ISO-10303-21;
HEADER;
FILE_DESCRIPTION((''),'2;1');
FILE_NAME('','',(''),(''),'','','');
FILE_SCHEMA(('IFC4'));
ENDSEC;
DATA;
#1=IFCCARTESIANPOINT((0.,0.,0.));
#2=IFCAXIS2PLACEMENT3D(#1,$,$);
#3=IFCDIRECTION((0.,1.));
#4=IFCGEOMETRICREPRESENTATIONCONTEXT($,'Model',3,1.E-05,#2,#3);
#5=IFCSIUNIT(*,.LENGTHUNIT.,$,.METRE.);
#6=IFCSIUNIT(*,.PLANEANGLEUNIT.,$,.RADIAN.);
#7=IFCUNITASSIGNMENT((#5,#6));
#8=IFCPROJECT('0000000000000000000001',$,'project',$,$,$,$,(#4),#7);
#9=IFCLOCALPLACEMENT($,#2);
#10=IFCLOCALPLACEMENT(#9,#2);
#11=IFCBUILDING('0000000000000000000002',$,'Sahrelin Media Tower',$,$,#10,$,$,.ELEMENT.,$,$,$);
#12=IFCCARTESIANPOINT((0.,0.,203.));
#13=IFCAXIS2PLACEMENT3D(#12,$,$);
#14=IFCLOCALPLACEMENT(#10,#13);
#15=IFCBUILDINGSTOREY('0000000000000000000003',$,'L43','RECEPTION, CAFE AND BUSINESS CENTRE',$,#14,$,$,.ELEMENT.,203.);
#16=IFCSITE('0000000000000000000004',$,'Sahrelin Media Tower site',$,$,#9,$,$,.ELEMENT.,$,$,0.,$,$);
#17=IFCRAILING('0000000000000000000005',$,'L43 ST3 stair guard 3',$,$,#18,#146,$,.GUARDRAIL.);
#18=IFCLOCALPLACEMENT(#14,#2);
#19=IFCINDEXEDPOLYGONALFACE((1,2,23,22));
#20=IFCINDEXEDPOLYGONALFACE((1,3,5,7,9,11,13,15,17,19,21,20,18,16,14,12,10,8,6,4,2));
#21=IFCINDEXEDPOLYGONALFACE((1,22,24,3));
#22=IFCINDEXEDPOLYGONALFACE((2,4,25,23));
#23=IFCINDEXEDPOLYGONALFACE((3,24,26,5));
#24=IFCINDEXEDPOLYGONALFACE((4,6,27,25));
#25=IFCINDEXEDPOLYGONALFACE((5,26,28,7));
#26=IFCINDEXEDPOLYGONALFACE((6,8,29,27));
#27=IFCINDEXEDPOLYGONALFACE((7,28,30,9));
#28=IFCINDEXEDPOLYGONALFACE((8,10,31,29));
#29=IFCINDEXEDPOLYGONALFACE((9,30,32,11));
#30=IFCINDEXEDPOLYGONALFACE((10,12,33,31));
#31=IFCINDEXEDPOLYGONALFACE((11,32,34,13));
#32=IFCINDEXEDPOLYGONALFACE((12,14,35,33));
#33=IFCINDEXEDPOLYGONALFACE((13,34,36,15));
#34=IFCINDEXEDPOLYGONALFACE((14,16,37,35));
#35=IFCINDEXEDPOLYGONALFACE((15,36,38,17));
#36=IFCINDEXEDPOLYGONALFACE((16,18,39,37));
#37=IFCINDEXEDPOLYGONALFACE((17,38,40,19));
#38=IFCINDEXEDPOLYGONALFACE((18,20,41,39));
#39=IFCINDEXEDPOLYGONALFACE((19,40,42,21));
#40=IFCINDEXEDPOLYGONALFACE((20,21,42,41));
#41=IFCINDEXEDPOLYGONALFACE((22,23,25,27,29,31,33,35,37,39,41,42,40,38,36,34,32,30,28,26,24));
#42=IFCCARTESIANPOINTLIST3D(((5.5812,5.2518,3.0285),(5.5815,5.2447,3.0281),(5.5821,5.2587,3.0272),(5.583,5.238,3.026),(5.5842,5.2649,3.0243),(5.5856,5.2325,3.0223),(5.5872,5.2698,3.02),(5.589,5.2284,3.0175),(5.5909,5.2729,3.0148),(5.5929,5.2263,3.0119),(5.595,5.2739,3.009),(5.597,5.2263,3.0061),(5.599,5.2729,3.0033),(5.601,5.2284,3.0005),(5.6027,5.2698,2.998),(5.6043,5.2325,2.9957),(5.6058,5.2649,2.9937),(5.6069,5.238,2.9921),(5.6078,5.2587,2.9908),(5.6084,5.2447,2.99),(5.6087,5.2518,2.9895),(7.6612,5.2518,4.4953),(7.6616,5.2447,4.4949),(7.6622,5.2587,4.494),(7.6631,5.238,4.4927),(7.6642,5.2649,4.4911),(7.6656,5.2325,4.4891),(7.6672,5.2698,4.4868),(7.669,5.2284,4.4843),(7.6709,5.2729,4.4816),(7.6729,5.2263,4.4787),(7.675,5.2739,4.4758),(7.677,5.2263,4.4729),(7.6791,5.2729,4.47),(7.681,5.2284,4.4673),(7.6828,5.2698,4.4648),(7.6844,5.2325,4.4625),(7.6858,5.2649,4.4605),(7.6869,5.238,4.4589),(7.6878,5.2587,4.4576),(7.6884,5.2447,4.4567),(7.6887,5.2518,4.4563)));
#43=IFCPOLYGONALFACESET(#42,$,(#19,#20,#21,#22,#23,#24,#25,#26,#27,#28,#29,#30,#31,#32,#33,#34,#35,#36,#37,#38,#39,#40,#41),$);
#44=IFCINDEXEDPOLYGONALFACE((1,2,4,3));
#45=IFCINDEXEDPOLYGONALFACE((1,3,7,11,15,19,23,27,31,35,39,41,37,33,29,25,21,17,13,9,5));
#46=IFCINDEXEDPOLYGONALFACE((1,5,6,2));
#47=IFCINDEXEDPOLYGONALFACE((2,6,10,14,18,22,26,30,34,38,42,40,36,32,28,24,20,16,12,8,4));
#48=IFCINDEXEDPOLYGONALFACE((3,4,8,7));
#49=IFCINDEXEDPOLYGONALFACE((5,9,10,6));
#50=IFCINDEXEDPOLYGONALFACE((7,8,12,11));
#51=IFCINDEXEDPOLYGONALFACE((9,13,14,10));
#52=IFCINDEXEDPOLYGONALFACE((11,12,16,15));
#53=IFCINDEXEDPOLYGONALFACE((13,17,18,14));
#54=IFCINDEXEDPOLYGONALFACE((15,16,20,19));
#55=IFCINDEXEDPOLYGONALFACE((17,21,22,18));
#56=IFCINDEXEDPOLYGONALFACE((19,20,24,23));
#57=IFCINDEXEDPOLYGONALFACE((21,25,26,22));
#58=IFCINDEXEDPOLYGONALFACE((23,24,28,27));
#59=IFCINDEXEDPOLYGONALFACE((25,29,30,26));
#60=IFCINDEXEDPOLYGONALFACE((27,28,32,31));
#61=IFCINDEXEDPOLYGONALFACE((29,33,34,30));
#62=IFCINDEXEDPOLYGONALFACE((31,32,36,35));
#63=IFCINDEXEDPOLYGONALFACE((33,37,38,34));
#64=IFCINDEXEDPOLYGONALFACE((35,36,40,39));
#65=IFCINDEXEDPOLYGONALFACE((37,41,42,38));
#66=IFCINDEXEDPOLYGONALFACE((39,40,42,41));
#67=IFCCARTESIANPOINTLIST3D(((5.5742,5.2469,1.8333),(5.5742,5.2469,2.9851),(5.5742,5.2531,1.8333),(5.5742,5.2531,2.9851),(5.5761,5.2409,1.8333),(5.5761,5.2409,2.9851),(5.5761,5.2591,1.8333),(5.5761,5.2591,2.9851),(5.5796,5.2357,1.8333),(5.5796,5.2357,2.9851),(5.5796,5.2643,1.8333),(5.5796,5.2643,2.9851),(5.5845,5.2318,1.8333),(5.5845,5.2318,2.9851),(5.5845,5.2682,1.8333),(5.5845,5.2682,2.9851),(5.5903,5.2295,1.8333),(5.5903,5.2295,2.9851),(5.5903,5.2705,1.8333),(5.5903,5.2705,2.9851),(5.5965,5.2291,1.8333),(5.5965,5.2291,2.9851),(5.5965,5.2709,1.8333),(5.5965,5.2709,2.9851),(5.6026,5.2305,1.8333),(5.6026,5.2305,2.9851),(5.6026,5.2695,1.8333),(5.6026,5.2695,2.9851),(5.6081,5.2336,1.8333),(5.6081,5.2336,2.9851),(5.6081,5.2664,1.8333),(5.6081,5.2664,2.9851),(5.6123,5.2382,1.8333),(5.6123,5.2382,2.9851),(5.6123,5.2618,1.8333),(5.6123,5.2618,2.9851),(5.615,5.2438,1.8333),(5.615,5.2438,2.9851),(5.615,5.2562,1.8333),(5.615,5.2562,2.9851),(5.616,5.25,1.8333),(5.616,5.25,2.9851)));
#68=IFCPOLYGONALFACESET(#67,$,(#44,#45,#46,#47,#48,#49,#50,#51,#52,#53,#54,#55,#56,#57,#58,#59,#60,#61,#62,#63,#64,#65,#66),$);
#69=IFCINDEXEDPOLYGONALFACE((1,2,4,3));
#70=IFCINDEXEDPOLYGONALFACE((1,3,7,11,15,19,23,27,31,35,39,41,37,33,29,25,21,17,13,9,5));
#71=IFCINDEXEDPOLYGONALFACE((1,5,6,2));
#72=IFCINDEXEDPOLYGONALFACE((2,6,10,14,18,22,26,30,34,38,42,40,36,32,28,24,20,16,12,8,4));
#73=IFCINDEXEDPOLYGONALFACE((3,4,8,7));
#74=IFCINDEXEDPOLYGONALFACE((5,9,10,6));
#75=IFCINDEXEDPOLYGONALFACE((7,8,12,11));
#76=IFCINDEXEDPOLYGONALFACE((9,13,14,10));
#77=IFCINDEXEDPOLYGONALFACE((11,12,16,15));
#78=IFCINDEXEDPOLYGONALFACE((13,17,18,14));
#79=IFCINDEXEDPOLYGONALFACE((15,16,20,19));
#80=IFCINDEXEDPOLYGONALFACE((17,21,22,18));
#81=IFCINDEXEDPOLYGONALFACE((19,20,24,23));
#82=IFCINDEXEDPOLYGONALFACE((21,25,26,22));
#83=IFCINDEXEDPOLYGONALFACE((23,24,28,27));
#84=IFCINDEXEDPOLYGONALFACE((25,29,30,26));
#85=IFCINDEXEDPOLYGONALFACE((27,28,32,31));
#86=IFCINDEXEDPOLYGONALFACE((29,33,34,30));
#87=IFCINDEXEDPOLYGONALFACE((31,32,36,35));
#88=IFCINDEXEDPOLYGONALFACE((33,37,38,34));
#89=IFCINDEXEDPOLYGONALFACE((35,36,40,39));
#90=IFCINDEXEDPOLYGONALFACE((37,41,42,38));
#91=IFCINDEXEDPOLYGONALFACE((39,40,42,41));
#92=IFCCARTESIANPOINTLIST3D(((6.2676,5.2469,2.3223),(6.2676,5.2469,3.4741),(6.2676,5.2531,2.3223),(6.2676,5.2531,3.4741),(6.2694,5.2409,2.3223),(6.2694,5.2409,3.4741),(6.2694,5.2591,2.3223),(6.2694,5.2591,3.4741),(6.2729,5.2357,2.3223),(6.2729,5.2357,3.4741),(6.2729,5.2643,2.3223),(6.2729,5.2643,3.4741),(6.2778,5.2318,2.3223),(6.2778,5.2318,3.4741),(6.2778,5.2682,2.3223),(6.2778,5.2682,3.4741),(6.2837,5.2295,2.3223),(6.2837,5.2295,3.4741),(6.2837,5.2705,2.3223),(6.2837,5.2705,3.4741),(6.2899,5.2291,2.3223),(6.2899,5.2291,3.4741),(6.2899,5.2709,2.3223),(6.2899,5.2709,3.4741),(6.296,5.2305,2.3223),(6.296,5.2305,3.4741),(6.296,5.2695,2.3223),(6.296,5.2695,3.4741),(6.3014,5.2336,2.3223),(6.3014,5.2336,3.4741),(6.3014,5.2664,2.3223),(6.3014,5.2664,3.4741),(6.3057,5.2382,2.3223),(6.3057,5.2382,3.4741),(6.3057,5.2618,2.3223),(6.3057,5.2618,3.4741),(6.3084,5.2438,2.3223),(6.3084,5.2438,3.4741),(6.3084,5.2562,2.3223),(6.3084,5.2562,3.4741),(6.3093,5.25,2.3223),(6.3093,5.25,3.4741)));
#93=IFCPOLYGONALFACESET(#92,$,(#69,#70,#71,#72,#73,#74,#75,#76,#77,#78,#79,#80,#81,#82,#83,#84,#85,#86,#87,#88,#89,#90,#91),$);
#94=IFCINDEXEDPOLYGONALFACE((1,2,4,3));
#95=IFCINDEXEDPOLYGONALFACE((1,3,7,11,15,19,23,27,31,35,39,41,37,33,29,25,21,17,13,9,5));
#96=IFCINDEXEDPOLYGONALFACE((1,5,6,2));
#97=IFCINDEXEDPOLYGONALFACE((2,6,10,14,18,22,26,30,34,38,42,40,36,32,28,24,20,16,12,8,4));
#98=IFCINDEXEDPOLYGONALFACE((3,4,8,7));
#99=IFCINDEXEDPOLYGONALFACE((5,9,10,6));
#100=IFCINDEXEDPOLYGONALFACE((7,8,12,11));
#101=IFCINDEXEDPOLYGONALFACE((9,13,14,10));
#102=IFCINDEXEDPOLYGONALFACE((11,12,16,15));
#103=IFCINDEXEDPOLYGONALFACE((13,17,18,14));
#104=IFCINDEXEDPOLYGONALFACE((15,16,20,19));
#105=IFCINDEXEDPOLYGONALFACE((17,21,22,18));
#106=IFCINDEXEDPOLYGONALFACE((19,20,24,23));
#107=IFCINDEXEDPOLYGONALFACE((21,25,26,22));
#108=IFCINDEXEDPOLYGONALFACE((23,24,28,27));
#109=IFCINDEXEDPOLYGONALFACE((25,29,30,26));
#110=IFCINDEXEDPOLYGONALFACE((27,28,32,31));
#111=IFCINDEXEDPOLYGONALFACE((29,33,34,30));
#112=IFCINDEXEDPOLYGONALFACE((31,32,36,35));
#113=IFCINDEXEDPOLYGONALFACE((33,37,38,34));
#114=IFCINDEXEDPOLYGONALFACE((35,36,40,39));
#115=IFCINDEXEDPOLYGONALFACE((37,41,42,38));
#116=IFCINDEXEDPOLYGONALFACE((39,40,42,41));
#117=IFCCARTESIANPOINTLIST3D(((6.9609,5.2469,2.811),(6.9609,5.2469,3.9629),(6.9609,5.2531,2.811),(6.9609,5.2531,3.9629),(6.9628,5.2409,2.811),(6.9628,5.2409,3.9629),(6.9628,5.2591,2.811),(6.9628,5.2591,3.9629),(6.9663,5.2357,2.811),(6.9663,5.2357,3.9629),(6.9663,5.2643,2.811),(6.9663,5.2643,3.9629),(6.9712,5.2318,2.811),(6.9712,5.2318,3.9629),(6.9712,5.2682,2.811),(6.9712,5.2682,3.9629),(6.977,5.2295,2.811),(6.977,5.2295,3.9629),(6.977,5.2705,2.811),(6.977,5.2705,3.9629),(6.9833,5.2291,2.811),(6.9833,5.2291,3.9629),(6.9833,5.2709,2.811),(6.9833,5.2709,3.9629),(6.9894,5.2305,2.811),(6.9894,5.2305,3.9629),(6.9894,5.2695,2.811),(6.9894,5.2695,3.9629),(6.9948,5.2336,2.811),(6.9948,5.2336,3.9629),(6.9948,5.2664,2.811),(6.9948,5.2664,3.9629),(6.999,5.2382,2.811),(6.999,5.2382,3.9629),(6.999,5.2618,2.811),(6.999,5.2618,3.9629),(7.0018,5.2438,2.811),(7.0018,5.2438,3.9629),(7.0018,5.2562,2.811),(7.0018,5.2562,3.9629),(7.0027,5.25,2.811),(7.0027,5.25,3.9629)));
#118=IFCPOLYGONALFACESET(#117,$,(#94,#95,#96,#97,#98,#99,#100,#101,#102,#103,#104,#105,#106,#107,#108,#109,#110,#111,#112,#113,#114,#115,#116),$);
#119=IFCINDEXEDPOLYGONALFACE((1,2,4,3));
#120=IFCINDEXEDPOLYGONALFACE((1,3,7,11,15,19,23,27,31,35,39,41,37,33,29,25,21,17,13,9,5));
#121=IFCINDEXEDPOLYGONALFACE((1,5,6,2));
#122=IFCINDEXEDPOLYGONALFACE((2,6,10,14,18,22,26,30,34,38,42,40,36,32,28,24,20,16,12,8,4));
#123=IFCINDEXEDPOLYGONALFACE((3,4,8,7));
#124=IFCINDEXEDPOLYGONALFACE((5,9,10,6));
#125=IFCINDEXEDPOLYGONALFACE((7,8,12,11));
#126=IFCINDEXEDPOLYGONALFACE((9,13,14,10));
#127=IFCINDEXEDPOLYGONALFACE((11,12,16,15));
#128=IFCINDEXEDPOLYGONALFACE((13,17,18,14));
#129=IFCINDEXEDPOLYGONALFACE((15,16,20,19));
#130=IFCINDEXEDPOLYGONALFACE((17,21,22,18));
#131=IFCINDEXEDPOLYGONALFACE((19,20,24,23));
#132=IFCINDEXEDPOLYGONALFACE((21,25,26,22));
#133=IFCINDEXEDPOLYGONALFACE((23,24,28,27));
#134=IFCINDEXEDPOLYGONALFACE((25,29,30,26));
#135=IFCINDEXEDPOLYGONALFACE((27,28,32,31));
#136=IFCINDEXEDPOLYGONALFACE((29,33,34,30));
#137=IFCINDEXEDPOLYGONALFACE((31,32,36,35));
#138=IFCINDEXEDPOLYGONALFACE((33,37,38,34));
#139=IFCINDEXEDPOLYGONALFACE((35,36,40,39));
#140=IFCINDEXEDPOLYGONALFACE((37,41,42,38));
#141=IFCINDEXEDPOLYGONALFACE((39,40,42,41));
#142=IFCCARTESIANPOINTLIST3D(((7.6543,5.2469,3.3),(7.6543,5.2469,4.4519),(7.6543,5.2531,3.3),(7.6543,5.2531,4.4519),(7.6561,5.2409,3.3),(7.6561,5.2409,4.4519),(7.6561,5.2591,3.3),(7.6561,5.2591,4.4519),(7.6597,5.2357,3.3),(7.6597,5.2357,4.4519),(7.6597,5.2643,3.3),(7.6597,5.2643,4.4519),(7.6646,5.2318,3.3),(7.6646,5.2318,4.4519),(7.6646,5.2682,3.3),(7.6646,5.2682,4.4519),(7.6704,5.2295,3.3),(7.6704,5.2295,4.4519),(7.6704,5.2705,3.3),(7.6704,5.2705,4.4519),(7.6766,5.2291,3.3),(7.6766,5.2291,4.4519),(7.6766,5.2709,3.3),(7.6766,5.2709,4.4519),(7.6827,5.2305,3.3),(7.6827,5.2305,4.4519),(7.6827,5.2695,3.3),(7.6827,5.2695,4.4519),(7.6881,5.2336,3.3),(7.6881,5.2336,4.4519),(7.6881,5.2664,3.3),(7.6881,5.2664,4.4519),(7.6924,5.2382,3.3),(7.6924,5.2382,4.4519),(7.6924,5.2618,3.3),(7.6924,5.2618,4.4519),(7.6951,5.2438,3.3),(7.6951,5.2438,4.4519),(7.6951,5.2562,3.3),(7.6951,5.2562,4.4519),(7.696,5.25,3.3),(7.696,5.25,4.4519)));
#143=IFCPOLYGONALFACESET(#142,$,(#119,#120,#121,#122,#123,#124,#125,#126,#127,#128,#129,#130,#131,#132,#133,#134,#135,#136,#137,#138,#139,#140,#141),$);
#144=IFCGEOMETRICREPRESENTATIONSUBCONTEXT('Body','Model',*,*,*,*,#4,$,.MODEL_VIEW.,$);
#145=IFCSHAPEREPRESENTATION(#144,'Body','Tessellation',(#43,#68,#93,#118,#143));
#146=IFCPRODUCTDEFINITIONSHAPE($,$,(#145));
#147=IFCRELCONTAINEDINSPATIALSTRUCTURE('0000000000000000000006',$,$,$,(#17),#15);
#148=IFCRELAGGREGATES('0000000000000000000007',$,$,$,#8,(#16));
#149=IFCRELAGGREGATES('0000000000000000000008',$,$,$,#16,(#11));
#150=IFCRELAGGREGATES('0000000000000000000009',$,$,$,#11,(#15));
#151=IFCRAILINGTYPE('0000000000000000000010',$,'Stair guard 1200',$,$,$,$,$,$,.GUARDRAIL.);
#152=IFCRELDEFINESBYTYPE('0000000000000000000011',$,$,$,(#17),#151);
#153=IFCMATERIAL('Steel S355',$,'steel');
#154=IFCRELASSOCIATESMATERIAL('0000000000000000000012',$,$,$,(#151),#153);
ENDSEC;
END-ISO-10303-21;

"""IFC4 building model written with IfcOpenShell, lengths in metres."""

from ifc_helpers import new_model, si_unit, direction, frame, origin, origin_2d, place, context, subcontext, project, spatial, circle, extrude, material, type_object, element, save


model = new_model("IFC4")

# Units and contexts
model_context = context("Model", 3, precision=1e-05, world=origin(), true_north=direction((0.0, 1.0)))
body_context = subcontext(model_context, "Body", "Model", "MODEL_VIEW")
ifc_project = project(units=[si_unit("LENGTHUNIT", "METRE"), si_unit("PLANEANGLEUNIT", "RADIAN")], contexts=[model_context])

# Site, building, storey
site_placement = place(None, origin())
site = spatial("IfcSite", under=ifc_project, at=site_placement, Name="Sahrelin Media Tower site", CompositionType="ELEMENT", RefElevation=0.0)
building_placement = place(site_placement, origin())
building = spatial("IfcBuilding", under=site, at=building_placement, Name="Sahrelin Media Tower", CompositionType="ELEMENT")
storey_placement = place(building_placement, frame((0.0, 0.0, 203.0)))
storey = spatial("IfcBuildingStorey", under=building, at=storey_placement, Name="L43", Description="RECEPTION, CAFE AND BUSINESS CENTRE", CompositionType="ELEMENT", Elevation=203.0)

# Railing
ifc_material_1 = material(Name="Steel S355", Category="steel")
railing_type_1 = type_object("IfcRailingType", Name="Stair guard 1200", PredefinedType="GUARDRAIL", material=ifc_material_1)
railing_1_placement = place(storey_placement, frame((5.595, 5.25, 1.8333)))
element("IfcRailing", 1, at=railing_1_placement, inside=storey, type_object=railing_type_1, Name="L43 ST3 stair guard 3", PredefinedType="GUARDRAIL", context=body_context, shape_type="SweptSolid", body=[
    extrude(circle(Radius=0.0239, at=origin_2d()), frame((0.0, 0.0, 1.1758), z_axis=(0.817244, 0.0, 0.576291), x_axis=(0.0, 1.0, 0.0)), (0.0, 0.0, 1.0), 2.5452),
    extrude(circle(Radius=0.021, at=origin_2d()), origin(), (0.0, 0.0, 1.0), 1.1519),
    extrude(circle(Radius=0.021, at=origin_2d()), frame((0.6934, 0.0, 0.489)), (0.0, 0.0, 1.0), 1.1519),
    extrude(circle(Radius=0.021, at=origin_2d()), frame((1.3867, 0.0, 0.9778)), (0.0, 0.0, 1.0), 1.1519),
    extrude(circle(Radius=0.021, at=origin_2d()), frame((2.0801, 0.0, 1.4668)), (0.0, 0.0, 1.0), 1.1519),
])

save(model, "model.ifc")
